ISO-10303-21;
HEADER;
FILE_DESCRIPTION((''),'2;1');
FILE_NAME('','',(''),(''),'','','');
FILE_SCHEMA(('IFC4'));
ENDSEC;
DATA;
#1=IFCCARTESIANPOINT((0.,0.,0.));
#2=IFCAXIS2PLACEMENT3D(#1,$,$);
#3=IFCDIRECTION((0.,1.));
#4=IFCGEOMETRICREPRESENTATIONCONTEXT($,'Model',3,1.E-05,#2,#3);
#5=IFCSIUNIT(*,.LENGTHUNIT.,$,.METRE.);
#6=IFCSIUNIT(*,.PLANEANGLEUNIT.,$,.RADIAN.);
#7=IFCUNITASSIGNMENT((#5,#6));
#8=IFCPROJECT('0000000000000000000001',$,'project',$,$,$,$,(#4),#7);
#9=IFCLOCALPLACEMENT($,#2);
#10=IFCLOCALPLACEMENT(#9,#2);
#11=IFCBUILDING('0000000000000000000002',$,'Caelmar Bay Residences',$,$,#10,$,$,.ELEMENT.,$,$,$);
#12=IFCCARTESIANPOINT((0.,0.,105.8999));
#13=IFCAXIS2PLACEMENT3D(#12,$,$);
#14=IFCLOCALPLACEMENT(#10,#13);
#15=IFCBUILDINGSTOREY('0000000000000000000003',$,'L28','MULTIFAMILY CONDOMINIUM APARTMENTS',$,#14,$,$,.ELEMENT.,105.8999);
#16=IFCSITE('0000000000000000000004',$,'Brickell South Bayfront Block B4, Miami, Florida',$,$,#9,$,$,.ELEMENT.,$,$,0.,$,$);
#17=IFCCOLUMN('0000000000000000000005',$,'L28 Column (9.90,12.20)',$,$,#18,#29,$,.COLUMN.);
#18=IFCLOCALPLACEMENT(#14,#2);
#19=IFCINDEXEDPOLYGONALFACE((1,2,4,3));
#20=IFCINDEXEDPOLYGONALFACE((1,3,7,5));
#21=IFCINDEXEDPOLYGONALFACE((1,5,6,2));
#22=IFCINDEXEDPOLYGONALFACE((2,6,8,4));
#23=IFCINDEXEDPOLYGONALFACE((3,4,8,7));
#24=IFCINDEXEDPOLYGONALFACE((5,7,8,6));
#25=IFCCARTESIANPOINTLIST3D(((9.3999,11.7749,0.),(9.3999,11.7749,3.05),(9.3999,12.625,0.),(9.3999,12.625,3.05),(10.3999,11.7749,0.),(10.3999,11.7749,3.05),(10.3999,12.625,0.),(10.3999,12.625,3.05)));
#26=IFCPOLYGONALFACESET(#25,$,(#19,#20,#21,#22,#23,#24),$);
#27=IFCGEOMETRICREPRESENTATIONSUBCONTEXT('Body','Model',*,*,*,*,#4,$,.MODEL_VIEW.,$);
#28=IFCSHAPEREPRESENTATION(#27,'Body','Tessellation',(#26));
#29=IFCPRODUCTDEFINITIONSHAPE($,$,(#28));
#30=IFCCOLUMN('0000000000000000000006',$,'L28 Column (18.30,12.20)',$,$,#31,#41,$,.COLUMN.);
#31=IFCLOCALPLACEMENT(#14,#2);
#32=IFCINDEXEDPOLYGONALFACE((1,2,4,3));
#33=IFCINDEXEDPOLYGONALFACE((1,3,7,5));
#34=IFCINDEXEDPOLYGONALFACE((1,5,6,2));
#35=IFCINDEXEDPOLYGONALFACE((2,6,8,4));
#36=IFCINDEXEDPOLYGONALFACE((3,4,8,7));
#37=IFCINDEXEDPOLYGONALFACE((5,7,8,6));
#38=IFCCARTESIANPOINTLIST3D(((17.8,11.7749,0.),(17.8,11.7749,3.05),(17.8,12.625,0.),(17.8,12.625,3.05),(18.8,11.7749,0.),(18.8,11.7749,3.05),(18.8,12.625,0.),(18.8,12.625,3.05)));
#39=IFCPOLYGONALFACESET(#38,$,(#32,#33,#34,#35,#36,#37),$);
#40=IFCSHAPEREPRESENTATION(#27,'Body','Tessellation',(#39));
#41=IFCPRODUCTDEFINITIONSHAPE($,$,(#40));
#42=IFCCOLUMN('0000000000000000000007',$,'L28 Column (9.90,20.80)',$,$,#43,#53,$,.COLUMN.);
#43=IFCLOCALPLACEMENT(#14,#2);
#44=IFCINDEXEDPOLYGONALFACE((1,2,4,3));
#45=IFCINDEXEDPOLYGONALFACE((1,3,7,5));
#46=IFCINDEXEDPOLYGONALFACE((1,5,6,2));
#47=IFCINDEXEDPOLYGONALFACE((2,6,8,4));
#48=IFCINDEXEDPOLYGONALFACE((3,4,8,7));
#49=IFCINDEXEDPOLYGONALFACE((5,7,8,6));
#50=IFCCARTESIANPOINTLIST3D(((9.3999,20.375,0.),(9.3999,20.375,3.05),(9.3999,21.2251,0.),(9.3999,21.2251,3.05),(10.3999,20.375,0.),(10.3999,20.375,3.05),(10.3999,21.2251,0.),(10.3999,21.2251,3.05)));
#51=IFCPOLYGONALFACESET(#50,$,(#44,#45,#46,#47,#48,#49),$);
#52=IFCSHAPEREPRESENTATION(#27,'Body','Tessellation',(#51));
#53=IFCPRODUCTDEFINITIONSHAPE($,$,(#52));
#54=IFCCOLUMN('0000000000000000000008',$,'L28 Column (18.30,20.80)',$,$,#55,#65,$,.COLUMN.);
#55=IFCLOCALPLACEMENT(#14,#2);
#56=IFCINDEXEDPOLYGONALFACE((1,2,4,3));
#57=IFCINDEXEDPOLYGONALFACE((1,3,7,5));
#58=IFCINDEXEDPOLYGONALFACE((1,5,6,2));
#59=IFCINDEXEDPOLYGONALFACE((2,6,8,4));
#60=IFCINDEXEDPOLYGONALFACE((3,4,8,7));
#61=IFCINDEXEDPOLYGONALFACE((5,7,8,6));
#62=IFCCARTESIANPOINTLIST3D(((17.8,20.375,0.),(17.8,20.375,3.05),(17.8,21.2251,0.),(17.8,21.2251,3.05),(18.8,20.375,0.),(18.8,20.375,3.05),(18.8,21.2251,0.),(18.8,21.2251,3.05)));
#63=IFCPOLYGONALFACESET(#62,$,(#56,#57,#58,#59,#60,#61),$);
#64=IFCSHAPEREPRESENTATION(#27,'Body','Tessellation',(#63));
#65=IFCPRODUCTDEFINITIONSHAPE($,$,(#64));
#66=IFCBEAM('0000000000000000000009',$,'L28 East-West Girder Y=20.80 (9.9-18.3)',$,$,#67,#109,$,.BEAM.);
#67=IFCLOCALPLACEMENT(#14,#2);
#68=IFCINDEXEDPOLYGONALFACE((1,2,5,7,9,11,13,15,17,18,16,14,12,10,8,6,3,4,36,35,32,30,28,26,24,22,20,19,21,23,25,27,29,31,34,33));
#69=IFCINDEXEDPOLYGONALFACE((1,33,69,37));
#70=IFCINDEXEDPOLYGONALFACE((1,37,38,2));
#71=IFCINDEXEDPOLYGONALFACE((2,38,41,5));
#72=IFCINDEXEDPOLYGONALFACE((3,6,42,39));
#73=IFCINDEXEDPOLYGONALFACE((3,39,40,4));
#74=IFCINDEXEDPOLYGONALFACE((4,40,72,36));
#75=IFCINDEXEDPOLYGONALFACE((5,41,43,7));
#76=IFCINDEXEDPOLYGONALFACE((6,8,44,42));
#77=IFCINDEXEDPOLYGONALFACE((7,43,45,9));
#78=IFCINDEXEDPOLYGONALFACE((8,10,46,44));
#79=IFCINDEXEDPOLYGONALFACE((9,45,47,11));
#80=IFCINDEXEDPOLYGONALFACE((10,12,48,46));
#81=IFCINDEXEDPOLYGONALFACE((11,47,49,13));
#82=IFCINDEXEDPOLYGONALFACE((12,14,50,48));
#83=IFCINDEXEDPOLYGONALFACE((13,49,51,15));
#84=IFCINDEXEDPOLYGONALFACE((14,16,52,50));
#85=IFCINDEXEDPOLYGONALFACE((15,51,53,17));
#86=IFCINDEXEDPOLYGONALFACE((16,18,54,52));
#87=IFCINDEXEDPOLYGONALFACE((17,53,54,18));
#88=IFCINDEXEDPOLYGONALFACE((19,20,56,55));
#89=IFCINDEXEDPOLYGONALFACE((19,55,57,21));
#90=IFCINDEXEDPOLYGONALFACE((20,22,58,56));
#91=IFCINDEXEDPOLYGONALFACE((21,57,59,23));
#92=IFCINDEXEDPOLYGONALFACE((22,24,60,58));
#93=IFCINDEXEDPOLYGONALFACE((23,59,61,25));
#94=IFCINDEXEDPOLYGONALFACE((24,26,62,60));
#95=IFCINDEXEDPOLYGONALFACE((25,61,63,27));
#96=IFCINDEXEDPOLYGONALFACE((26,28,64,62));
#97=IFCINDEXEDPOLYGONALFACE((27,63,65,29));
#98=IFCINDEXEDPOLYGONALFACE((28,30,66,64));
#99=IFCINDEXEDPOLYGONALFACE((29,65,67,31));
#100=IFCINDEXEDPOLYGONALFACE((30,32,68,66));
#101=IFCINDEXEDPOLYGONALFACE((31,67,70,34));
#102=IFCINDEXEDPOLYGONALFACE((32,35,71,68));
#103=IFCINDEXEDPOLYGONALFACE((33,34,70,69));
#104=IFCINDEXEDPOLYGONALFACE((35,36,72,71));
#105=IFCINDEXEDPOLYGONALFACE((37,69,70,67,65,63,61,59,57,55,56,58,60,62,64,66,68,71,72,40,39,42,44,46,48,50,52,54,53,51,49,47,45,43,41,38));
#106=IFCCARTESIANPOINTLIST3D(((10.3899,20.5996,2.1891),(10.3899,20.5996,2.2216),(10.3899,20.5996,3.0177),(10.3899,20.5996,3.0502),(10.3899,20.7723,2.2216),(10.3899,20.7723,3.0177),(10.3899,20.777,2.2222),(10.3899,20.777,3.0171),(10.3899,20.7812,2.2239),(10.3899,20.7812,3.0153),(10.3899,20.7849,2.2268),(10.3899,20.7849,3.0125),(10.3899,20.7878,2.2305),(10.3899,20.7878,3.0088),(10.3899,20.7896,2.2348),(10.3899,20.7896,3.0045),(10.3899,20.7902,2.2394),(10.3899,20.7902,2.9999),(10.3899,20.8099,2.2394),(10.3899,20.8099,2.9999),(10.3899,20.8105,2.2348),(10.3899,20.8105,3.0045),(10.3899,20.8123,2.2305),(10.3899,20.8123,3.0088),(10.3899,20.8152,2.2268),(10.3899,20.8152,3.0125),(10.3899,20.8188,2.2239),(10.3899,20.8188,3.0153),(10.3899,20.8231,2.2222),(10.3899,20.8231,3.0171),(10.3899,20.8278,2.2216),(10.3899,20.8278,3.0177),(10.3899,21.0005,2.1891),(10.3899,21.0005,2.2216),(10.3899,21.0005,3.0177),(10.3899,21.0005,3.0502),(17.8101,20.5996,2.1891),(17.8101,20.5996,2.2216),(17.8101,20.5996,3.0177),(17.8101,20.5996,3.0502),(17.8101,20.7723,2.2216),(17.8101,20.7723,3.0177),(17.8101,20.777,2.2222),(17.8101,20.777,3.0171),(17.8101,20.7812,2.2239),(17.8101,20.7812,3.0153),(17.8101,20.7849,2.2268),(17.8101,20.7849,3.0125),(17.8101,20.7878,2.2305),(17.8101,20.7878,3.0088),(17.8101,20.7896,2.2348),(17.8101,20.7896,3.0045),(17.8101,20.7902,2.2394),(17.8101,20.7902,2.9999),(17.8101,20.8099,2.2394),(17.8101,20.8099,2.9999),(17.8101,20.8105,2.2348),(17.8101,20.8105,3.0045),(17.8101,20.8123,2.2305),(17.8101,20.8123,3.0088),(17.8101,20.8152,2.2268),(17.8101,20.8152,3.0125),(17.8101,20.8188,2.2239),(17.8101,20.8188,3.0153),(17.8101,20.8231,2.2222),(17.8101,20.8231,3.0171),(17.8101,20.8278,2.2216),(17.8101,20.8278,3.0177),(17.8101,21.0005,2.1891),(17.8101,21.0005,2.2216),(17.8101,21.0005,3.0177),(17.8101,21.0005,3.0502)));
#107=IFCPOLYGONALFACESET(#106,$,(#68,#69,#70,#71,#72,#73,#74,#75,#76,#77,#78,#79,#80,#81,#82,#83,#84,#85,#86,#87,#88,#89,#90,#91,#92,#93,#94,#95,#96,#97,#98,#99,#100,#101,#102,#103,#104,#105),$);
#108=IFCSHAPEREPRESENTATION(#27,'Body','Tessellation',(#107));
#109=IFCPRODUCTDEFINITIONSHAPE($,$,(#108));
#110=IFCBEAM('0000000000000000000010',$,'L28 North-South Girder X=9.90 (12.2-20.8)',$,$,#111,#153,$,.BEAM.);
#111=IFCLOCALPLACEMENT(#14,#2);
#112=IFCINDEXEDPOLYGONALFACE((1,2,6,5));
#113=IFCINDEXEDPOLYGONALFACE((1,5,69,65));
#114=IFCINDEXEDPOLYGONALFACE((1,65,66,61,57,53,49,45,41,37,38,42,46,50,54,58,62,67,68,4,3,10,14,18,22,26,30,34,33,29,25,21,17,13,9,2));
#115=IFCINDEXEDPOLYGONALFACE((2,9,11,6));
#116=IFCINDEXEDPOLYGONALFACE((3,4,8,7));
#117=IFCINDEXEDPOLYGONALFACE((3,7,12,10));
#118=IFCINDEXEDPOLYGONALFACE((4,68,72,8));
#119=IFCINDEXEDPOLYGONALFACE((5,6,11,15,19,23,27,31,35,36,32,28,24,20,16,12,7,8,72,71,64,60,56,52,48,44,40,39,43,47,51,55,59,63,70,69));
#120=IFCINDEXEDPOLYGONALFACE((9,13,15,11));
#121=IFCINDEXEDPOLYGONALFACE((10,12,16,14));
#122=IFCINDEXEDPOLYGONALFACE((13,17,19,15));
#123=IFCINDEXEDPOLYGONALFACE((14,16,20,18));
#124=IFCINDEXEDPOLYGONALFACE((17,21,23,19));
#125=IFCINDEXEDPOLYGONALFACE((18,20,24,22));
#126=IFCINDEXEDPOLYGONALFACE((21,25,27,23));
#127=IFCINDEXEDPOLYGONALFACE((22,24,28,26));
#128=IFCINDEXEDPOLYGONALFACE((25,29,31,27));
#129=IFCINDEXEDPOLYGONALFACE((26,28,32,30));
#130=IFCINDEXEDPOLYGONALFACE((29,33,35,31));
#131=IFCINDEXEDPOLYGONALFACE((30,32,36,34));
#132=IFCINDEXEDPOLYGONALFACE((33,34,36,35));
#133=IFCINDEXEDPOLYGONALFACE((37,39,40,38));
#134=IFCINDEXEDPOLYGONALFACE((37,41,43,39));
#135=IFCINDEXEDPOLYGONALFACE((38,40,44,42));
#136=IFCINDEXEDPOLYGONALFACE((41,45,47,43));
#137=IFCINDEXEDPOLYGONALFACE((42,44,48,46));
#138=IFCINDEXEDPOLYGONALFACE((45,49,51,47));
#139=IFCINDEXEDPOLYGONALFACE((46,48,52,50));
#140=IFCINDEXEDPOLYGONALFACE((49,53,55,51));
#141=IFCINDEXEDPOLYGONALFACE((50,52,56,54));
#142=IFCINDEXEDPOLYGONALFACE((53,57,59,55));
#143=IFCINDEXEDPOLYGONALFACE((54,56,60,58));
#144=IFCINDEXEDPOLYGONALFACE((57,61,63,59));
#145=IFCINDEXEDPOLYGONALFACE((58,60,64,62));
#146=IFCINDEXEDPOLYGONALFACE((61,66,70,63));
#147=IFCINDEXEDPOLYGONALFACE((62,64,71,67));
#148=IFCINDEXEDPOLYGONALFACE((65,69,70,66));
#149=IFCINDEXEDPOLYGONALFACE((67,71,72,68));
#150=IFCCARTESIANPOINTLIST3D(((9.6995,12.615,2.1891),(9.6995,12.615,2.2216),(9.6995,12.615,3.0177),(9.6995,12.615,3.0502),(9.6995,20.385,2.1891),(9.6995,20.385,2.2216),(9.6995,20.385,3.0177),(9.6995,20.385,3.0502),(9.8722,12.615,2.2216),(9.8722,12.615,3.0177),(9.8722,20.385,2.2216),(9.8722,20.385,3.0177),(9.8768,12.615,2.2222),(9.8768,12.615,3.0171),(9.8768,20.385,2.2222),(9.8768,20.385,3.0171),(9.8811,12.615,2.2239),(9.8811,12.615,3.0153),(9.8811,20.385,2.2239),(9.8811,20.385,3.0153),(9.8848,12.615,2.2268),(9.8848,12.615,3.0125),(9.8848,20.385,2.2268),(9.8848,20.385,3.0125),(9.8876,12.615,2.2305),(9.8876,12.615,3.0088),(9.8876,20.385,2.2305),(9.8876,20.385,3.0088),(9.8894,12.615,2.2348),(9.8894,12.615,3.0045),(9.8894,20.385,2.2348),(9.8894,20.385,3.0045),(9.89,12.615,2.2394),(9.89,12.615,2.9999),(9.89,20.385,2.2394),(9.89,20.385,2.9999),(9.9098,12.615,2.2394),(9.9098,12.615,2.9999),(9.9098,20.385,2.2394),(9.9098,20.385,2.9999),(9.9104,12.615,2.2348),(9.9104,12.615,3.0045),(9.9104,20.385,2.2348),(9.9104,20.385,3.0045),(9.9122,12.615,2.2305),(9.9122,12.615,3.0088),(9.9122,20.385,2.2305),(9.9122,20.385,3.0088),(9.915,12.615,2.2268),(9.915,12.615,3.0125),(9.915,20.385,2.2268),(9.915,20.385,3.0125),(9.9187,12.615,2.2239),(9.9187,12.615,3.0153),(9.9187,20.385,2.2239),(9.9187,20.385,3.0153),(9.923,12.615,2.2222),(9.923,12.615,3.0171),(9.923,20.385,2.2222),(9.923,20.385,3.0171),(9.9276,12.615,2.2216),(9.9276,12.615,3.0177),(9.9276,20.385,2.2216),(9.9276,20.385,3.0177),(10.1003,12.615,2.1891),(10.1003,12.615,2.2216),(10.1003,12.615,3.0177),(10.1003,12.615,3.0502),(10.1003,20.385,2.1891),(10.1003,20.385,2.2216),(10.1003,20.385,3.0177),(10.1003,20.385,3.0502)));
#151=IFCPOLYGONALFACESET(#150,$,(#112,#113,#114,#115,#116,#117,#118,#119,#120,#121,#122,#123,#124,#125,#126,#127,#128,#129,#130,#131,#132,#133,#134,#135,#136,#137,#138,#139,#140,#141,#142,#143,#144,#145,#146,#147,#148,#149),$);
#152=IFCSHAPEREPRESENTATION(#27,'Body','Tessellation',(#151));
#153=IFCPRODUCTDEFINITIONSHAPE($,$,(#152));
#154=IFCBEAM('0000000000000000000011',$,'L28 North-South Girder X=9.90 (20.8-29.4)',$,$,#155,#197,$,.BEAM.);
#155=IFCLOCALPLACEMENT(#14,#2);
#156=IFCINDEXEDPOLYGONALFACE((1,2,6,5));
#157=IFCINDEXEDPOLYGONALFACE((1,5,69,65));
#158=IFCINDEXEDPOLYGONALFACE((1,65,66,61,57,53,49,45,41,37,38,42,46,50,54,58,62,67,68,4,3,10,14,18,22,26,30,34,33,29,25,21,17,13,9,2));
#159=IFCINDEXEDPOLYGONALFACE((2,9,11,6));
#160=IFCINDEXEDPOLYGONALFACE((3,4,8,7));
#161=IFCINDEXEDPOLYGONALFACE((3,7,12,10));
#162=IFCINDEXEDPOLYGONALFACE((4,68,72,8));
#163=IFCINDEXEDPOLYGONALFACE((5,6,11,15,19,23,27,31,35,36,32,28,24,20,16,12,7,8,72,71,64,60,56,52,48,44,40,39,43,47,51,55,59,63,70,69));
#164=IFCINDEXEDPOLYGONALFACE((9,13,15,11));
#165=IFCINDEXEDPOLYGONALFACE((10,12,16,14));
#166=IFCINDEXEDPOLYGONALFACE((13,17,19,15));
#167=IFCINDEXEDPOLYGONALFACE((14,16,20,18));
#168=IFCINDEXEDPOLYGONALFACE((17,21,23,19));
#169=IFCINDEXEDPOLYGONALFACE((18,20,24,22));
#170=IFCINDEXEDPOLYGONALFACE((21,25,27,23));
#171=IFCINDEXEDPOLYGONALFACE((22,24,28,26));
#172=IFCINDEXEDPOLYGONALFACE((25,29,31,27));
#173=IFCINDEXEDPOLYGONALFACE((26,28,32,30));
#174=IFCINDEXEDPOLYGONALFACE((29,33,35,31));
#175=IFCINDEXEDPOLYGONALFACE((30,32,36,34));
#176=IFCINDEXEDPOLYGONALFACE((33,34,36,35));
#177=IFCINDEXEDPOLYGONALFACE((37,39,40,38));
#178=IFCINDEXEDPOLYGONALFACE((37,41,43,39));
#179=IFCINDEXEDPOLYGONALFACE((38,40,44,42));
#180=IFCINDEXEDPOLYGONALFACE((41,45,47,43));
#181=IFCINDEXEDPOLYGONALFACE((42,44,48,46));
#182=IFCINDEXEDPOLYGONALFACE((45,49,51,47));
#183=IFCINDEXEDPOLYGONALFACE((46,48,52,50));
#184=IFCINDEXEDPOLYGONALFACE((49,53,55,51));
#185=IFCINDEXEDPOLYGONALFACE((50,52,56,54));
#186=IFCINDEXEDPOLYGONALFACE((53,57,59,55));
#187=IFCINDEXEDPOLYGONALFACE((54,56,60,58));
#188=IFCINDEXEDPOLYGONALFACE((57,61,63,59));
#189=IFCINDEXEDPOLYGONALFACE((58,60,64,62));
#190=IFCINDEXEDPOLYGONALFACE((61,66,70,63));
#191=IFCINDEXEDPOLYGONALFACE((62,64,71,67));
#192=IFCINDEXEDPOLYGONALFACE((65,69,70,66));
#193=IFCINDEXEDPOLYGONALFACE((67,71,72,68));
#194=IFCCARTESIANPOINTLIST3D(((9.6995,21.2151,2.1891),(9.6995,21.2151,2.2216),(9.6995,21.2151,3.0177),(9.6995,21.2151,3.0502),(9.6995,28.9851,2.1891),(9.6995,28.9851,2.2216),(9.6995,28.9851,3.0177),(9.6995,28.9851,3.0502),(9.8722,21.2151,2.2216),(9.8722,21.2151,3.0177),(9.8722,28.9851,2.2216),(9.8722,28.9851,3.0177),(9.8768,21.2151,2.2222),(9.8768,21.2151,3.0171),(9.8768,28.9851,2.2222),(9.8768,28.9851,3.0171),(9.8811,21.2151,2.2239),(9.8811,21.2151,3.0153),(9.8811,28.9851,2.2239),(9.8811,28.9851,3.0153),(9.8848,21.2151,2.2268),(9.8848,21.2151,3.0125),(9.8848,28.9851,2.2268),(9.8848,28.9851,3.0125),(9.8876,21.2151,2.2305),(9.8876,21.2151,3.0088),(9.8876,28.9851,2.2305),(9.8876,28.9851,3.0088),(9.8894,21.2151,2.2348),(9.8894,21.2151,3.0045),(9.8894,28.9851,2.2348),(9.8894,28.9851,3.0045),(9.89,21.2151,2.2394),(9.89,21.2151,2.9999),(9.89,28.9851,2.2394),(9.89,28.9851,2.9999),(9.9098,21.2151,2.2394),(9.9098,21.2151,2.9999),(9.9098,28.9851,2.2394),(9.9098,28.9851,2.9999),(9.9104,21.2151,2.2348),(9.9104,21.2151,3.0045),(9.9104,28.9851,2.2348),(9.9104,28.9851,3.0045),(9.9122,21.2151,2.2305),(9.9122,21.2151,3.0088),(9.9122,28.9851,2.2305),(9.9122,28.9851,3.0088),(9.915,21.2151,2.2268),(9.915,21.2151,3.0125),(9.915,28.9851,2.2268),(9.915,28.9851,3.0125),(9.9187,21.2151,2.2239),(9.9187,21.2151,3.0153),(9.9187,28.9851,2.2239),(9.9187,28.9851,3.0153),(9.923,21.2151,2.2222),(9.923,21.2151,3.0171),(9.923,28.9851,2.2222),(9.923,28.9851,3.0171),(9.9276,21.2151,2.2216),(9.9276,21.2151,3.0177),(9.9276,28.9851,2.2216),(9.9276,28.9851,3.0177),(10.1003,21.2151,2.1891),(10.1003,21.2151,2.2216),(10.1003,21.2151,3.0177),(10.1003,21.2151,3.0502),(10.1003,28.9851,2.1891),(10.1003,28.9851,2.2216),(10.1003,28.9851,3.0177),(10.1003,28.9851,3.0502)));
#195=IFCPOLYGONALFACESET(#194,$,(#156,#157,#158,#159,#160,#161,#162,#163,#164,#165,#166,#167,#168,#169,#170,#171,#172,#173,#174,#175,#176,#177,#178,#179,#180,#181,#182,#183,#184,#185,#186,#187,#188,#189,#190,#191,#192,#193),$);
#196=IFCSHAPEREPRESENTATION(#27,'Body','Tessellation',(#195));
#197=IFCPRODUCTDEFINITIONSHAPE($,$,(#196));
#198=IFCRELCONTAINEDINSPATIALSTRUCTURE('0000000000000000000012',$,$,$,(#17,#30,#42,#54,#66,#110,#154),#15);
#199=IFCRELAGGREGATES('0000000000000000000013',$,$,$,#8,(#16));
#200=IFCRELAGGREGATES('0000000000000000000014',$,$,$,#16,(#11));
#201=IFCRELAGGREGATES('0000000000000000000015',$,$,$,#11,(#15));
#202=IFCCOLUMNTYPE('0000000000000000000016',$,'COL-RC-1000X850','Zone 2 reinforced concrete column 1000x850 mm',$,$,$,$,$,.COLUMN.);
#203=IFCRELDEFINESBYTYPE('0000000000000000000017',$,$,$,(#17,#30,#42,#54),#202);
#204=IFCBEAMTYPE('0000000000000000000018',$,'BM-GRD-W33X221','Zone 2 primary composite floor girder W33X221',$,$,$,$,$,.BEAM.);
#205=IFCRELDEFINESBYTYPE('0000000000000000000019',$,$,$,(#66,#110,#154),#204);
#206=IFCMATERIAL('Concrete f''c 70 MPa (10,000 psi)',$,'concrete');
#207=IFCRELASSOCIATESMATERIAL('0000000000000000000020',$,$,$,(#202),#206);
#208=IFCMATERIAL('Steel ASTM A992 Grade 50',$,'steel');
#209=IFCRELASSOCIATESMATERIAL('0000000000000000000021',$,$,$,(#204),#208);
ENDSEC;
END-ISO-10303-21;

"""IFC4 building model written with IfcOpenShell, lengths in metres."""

from ifc_helpers import new_model, si_unit, direction, frame, origin, origin_2d, place, context, subcontext, project, spatial, rectangle, i_section, extrude, material, material_profile, profile_set, type_object, element, save


model = new_model("IFC4")

# Units and contexts
model_context = context("Model", 3, precision=1e-05, world=origin(), true_north=direction((0.0, 1.0)))
body_context = subcontext(model_context, "Body", "Model", "MODEL_VIEW")
ifc_project = project(units=[si_unit("LENGTHUNIT", "METRE"), si_unit("PLANEANGLEUNIT", "RADIAN")], contexts=[model_context])

# Site, building, storey
site_placement = place(None, origin())
site = spatial("IfcSite", under=ifc_project, at=site_placement, Name="Brickell South Bayfront Block B4, Miami, Florida", CompositionType="ELEMENT", RefElevation=0.0)
building_placement = place(site_placement, origin())
building = spatial("IfcBuilding", under=site, at=building_placement, Name="Caelmar Bay Residences", CompositionType="ELEMENT")
storey_placement = place(building_placement, frame((0.0, 0.0, 105.8999)))
storey = spatial("IfcBuildingStorey", under=building, at=storey_placement, Name="L28", Description="MULTIFAMILY CONDOMINIUM APARTMENTS", CompositionType="ELEMENT", Elevation=105.8999)

# Columns
ifc_material_1 = material(Name="Concrete f'c 70 MPa (10,000 psi)", Category="concrete")
ifc_material_profile_1 = material_profile(ifc_material_1, rectangle(XDim=1.0, YDim=0.8501, at=origin_2d()), Name="RC-COL-1000X850")
ifc_profile_set_1 = profile_set([ifc_material_profile_1], Name="Concrete f'c 70 MPa (10,000 psi)")
column_type = type_object("IfcColumnType", Name="COL-RC-1000X850", Description="Zone 2 reinforced concrete column 1000x850 mm", PredefinedType="COLUMN", material=ifc_profile_set_1)
for number, where, z_axis, x_axis, name in (
    (1, (9.8999, 12.2, 0.0), (0.0, 0.0, 1.0), (1.0, 0.0, 0.0), "L28 Column (9.90,12.20)"),
    (2, (18.3, 12.2, 0.0), (0.0, 0.0, 1.0), (1.0, 0.0, 0.0), "L28 Column (18.30,12.20)"),
    (3, (9.8999, 20.8, 0.0), (0.0, 0.0, 1.0), (1.0, 0.0, 0.0), "L28 Column (9.90,20.80)"),
    (4, (18.3, 20.8, 0.0), (0.0, 0.0, 1.0), (1.0, 0.0, 0.0), "L28 Column (18.30,20.80)"),
):
    element("IfcColumn", number, at=place(storey_placement, frame(where, z_axis=z_axis, x_axis=x_axis)), inside=storey, type_object=column_type, Name=name, PredefinedType="COLUMN", context=body_context, shape_type="SweptSolid", body=[
        extrude(rectangle(XDim=1.0, YDim=0.8501, at=origin_2d()), origin(), (0.0, 0.0, 1.0), 3.05),
    ])

# Beams
ifc_material_2 = material(Name="Steel ASTM A992 Grade 50", Category="steel")
ifc_material_profile_2 = material_profile(ifc_material_2, i_section(OverallWidth=0.4009, OverallDepth=0.8611, WebThickness=0.0198, FlangeThickness=0.0325, FilletRadius=0.0178, at=origin_2d()), Name="W33X221")
ifc_profile_set_2 = profile_set([ifc_material_profile_2], Name="Steel ASTM A992 Grade 50")
beam_type_1 = type_object("IfcBeamType", Name="BM-GRD-W33X221", Description="Zone 2 primary composite floor girder W33X221", PredefinedType="BEAM", material=ifc_profile_set_2)
beam_1_placement = place(storey_placement, frame((10.3899, 20.8, 2.6196), z_axis=(1.0, 0.0, 0.0), x_axis=(0.0, 1.0, 0.0)))
element("IfcBeam", 5, at=beam_1_placement, inside=storey, type_object=beam_type_1, Name="L28 East-West Girder Y=20.80 (9.9-18.3)", PredefinedType="BEAM", context=body_context, shape_type="SweptSolid", body=[
    extrude(i_section(OverallWidth=0.4009, OverallDepth=0.8611, WebThickness=0.0198, FlangeThickness=0.0325, FilletRadius=0.0178, at=origin_2d()), origin(), (0.0, 0.0, 1.0), 7.4202),
])
for number, where, z_axis, x_axis, name in (
    (6, (9.8999, 12.615, 2.6196), (0.0, 1.0, 0.0), (-1.0, 0.0, 0.0), "L28 North-South Girder X=9.90 (12.2-20.8)"),
    (7, (9.8999, 21.2151, 2.6196), (0.0, 1.0, 0.0), (-1.0, 0.0, 0.0), "L28 North-South Girder X=9.90 (20.8-29.4)"),
):
    element("IfcBeam", number, at=place(storey_placement, frame(where, z_axis=z_axis, x_axis=x_axis)), inside=storey, type_object=beam_type_1, Name=name, PredefinedType="BEAM", context=body_context, shape_type="SweptSolid", body=[
        extrude(i_section(OverallWidth=0.4009, OverallDepth=0.8611, WebThickness=0.0198, FlangeThickness=0.0325, FilletRadius=0.0178, at=origin_2d()), origin(), (0.0, 0.0, 1.0), 7.77),
    ])

save(model, "model.ifc")
